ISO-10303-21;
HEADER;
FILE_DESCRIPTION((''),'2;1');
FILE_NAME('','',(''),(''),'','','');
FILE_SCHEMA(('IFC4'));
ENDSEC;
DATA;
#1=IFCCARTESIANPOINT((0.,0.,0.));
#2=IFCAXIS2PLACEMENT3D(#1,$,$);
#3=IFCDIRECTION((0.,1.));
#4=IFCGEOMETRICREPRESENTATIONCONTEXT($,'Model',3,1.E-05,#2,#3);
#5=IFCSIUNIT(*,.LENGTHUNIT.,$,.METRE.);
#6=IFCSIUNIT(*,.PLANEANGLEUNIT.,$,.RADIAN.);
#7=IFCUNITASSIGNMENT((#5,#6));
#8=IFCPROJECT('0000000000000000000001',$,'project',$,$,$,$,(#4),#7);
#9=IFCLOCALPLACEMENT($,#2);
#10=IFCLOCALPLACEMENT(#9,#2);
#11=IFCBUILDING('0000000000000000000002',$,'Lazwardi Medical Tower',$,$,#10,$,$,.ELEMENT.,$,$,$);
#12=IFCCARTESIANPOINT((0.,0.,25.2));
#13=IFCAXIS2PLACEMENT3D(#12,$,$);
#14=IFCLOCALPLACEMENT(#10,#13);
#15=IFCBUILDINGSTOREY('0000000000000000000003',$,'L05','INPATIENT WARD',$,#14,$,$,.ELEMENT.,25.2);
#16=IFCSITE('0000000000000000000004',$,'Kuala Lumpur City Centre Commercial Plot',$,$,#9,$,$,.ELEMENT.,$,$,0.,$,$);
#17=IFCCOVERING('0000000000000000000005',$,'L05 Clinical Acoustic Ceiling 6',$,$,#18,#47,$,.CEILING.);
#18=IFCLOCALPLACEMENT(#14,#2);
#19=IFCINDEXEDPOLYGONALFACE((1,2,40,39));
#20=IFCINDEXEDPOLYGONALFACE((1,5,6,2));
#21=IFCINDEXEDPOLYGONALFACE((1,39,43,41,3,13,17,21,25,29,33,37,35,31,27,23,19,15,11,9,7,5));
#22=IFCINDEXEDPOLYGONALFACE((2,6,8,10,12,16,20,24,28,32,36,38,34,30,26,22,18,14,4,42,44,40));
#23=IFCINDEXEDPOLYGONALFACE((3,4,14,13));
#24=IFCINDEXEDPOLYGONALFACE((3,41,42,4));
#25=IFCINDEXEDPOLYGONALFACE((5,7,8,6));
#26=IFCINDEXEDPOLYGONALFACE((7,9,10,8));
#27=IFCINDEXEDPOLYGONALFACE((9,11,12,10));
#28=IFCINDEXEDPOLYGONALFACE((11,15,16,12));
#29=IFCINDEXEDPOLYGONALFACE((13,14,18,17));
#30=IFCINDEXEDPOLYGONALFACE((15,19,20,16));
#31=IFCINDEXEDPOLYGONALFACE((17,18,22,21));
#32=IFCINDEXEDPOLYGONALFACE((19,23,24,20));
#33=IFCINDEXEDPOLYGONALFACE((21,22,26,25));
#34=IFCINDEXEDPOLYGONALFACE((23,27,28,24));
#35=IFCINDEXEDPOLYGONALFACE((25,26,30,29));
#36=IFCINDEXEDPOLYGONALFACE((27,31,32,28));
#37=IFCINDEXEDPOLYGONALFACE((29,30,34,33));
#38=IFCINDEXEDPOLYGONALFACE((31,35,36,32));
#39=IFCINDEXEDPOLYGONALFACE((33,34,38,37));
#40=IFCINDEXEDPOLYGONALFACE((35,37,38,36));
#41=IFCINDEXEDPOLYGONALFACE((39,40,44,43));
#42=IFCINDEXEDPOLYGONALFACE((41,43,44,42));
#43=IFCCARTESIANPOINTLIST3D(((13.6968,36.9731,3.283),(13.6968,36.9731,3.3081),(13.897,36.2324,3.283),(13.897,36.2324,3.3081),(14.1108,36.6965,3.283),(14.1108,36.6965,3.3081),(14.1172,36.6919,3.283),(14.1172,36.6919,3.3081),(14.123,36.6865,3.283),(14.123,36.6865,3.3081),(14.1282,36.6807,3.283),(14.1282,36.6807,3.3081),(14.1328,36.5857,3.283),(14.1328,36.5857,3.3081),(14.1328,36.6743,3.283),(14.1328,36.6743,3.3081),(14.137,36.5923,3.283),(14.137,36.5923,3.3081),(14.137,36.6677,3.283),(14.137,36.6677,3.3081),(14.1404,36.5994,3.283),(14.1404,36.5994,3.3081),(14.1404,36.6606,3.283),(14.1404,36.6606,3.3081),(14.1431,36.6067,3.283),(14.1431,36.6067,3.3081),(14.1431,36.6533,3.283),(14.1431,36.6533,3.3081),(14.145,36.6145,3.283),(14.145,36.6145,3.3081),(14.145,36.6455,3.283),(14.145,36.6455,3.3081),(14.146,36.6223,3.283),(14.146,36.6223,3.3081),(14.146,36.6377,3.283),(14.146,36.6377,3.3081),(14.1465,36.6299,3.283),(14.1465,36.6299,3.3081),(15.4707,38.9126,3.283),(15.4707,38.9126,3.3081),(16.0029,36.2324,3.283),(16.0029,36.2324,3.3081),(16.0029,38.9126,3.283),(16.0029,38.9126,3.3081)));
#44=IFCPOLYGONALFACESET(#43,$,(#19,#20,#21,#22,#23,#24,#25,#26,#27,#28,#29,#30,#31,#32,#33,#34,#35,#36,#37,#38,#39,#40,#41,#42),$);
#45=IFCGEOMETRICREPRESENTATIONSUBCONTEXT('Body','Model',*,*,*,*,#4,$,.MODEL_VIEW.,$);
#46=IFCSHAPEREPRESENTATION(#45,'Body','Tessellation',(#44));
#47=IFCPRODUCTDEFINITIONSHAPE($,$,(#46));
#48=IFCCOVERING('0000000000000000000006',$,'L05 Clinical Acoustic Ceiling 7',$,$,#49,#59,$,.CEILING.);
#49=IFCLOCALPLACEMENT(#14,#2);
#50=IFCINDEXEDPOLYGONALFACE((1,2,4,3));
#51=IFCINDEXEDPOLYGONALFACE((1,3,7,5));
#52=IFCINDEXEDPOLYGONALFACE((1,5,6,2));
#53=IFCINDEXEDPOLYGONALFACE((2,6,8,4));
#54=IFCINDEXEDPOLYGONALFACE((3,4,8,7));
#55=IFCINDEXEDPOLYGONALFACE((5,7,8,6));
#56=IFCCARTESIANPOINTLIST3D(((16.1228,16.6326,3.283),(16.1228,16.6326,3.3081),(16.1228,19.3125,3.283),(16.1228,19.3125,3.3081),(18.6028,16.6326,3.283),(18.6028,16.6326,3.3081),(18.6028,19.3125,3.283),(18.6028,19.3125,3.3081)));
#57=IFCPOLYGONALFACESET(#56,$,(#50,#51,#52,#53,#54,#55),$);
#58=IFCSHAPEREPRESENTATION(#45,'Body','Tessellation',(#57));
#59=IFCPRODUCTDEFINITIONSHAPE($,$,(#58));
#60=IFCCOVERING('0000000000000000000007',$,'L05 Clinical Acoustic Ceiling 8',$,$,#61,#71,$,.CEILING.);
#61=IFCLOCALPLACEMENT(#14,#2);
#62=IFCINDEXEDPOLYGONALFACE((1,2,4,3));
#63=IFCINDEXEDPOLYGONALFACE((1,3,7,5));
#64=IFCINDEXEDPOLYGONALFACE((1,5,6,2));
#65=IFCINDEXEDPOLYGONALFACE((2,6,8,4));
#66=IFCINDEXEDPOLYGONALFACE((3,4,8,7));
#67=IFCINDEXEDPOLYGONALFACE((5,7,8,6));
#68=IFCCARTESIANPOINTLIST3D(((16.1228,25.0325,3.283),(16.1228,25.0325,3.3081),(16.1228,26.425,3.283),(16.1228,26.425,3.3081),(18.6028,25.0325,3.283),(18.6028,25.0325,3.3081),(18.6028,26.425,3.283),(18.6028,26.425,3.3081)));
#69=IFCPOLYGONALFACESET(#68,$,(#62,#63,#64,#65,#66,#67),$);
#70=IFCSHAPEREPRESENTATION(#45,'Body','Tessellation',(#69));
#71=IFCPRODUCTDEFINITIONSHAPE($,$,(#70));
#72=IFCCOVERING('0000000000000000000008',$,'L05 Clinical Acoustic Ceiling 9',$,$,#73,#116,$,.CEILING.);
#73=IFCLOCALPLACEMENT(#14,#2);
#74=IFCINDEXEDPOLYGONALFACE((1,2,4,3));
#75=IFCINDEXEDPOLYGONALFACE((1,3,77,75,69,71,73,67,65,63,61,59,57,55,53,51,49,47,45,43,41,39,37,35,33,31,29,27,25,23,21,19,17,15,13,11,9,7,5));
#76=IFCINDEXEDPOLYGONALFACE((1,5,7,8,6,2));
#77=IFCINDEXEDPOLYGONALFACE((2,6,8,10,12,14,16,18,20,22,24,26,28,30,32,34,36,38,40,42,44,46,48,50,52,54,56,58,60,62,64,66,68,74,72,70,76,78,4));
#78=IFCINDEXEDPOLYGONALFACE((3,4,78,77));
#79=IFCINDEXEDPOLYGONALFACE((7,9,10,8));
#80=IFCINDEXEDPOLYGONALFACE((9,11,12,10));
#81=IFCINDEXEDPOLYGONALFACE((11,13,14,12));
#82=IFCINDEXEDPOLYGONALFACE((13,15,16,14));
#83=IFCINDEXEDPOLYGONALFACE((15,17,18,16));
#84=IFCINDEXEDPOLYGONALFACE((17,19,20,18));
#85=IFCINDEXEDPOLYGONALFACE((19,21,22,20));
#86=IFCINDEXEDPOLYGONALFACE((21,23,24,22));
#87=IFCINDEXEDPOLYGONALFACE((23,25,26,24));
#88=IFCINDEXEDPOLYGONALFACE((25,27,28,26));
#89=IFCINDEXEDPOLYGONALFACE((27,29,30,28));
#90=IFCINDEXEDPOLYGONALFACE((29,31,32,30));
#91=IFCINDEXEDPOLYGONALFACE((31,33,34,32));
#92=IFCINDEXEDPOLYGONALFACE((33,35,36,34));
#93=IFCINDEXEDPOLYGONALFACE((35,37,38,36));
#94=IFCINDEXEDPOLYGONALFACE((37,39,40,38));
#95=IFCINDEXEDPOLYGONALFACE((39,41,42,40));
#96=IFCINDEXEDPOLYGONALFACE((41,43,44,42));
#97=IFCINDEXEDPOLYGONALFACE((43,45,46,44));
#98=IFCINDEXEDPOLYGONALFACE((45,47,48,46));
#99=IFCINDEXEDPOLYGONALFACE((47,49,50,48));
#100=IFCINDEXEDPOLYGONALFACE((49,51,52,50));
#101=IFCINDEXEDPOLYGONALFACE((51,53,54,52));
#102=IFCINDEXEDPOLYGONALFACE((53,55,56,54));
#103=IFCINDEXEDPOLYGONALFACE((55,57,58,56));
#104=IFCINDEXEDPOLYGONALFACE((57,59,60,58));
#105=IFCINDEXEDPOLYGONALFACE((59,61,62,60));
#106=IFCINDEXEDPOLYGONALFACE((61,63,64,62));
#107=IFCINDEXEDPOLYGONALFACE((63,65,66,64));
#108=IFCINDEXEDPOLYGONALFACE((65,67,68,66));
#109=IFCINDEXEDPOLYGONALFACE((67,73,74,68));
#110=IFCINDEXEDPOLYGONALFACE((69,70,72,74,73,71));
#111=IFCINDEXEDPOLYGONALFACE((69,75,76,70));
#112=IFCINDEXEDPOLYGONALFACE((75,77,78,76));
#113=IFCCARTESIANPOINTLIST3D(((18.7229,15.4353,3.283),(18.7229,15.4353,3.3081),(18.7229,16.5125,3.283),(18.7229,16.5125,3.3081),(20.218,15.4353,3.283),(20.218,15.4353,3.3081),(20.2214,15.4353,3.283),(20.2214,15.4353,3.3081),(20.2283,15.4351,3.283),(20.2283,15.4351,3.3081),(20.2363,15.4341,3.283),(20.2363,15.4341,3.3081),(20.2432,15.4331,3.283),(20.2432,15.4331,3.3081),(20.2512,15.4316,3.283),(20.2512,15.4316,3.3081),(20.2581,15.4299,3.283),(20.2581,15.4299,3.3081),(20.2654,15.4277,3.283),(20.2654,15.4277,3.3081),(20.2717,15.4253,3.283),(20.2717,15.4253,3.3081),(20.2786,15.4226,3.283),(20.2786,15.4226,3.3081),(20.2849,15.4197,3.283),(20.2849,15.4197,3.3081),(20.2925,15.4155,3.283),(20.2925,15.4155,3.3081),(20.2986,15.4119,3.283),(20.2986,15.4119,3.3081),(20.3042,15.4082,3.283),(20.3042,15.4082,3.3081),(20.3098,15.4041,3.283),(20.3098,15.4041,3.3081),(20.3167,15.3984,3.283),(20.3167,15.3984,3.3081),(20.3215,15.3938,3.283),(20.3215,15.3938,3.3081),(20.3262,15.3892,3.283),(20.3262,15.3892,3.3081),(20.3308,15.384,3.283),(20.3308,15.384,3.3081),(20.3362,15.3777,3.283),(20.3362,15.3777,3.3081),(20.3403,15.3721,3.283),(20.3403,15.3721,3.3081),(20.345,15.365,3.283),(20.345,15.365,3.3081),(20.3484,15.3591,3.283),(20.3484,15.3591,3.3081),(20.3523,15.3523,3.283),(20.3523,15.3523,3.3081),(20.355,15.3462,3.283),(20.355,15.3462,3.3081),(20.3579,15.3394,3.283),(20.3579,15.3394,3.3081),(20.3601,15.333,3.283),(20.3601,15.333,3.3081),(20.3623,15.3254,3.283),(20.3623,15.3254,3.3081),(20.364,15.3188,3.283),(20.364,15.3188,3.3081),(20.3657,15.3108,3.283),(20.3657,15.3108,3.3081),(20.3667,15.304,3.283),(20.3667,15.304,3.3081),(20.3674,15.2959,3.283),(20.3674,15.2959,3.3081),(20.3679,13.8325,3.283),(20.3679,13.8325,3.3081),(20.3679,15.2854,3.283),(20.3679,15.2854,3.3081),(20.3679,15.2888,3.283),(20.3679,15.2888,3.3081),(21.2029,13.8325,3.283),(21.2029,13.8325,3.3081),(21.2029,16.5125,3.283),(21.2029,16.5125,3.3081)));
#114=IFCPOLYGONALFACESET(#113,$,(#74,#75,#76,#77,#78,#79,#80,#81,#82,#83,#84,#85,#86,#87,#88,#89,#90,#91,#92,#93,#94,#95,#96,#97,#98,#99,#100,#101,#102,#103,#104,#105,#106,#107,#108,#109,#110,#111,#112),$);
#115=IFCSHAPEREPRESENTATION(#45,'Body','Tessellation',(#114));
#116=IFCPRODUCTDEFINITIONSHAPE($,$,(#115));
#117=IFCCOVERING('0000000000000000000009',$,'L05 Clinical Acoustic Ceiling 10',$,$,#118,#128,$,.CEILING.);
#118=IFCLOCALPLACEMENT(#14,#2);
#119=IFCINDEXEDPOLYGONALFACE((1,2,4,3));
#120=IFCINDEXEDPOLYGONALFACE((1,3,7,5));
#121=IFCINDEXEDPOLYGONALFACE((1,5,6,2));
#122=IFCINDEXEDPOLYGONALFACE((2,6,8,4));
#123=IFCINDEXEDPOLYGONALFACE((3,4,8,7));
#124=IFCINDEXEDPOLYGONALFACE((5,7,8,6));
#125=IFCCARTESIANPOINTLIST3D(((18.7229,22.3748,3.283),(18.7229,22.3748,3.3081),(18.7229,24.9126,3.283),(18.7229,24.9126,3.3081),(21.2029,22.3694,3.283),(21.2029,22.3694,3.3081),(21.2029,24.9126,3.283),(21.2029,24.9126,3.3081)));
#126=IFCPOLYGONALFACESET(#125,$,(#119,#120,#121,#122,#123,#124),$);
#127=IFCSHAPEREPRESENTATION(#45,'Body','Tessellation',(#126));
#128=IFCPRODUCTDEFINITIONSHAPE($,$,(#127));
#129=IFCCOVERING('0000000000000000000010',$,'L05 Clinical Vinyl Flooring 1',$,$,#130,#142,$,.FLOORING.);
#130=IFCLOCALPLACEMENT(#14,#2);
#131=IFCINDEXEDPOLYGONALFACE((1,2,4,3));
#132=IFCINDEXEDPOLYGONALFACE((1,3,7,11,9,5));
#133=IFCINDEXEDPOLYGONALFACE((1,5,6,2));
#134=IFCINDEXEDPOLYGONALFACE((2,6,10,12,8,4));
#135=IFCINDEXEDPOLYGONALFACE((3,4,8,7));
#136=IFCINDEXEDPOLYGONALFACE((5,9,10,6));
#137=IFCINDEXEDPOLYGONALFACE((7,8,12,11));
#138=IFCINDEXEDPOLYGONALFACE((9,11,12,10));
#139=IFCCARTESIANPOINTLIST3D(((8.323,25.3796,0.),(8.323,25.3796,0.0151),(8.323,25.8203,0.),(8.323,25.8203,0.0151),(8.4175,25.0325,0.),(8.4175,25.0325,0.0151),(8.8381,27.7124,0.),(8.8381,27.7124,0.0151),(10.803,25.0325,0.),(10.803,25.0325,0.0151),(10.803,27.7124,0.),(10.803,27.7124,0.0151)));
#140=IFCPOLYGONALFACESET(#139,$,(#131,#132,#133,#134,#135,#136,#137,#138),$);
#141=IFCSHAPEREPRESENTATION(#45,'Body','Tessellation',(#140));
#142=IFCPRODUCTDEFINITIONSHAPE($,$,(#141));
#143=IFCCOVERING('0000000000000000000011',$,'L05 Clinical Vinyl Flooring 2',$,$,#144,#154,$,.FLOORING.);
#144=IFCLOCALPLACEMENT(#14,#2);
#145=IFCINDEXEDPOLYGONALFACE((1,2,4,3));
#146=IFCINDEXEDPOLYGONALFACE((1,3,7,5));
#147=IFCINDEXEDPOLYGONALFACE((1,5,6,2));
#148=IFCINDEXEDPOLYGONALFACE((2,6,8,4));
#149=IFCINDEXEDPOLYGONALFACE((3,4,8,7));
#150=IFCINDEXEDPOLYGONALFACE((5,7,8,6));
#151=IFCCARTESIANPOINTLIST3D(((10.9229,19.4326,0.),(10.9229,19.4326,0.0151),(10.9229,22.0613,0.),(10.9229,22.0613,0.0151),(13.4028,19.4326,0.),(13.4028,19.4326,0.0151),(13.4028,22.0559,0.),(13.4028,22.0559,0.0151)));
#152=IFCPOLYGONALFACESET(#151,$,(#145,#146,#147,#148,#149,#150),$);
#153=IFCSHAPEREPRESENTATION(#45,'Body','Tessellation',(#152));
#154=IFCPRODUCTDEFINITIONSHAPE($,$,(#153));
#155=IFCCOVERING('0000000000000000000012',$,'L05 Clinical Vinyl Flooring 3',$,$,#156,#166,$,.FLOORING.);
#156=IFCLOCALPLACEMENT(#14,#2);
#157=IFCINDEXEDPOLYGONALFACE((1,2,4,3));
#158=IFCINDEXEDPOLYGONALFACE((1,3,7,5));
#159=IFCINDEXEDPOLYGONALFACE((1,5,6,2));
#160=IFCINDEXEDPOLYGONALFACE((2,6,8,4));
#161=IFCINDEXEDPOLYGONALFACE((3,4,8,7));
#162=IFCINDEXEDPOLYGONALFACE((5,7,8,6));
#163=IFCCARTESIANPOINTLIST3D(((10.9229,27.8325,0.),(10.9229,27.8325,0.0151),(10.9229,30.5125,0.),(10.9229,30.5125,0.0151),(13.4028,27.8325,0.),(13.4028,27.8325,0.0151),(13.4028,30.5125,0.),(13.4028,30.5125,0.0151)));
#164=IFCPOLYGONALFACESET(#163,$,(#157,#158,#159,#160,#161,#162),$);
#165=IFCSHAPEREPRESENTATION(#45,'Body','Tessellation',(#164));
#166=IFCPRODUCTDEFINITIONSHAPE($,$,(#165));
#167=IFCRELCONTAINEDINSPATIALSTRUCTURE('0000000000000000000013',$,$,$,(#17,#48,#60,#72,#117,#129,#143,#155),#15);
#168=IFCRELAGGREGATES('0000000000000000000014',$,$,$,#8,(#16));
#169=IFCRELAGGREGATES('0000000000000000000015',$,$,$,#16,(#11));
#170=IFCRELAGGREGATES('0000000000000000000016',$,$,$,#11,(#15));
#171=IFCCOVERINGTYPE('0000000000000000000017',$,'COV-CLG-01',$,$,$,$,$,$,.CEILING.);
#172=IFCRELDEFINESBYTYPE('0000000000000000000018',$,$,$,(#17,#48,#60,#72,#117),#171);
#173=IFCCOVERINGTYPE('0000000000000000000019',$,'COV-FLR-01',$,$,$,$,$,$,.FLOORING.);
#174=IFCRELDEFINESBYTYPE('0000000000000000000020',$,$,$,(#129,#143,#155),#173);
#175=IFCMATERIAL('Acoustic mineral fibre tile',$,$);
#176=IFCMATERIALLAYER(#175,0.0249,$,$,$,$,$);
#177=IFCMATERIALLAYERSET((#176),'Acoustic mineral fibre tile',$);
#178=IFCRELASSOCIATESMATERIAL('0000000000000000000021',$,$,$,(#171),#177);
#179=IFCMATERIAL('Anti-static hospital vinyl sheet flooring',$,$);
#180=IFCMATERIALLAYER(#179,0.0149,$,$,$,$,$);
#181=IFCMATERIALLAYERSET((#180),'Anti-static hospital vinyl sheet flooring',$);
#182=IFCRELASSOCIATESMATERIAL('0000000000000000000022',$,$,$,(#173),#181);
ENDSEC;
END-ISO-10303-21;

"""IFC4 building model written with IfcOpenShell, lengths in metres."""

from ifc_helpers import new_model, si_unit, direction, frame, origin, place, context, subcontext, project, spatial, polyline, outline, extrude, material, layer, layer_set, type_object, element, save


model = new_model("IFC4")

# Units and contexts
model_context = context("Model", 3, precision=1e-05, world=origin(), true_north=direction((0.0, 1.0)))
body_context = subcontext(model_context, "Body", "Model", "MODEL_VIEW")
ifc_project = project(units=[si_unit("LENGTHUNIT", "METRE"), si_unit("PLANEANGLEUNIT", "RADIAN")], contexts=[model_context])

# Site, building, storey
site_placement = place(None, origin())
site = spatial("IfcSite", under=ifc_project, at=site_placement, Name="Kuala Lumpur City Centre Commercial Plot", CompositionType="ELEMENT", RefElevation=0.0)
building_placement = place(site_placement, origin())
building = spatial("IfcBuilding", under=site, at=building_placement, Name="Lazwardi Medical Tower", CompositionType="ELEMENT")
storey_placement = place(building_placement, frame((0.0, 0.0, 25.2)))
storey = spatial("IfcBuildingStorey", under=building, at=storey_placement, Name="L05", Description="INPATIENT WARD", CompositionType="ELEMENT", Elevation=25.2)

# Coverings
ifc_material_1 = material(Name="Acoustic mineral fibre tile")
ifc_layer_1 = layer(ifc_material_1, 0.0249)
ifc_layer_set_1 = layer_set([ifc_layer_1], Name="Acoustic mineral fibre tile")
covering_type_1 = type_object("IfcCoveringType", Name="COV-CLG-01", PredefinedType="CEILING", material=ifc_layer_set_1)
covering_1_placement = place(storey_placement, frame((0.0, 0.0, 3.283)))
element("IfcCovering", 1, at=covering_1_placement, inside=storey, type_object=covering_type_1, Name="L05 Clinical Acoustic Ceiling 6", PredefinedType="CEILING", context=body_context, shape_type="SweptSolid", body=[
    extrude(outline(polyline([(15.4707, 38.9126), (13.6968, 36.9731), (14.1108, 36.6965), (14.1172, 36.6919), (14.123, 36.6865), (14.1282, 36.6807), (14.1328, 36.6743), (14.137, 36.6677), (14.1404, 36.6606), (14.1431, 36.6533), (14.145, 36.6455), (14.146, 36.6377), (14.1465, 36.6299), (14.146, 36.6223), (14.145, 36.6145), (14.1431, 36.6067), (14.1404, 36.5994), (14.137, 36.5923), (14.1328, 36.5857), (13.897, 36.2324), (16.0029, 36.2324), (16.0029, 38.9126), (15.4707, 38.9126)])), origin(), (0.0, 0.0, 1.0), 0.0251),
])
covering_2_placement = place(storey_placement, frame((0.0, 0.0, 3.283)))
element("IfcCovering", 2, at=covering_2_placement, inside=storey, type_object=covering_type_1, Name="L05 Clinical Acoustic Ceiling 7", PredefinedType="CEILING", context=body_context, shape_type="SweptSolid", body=[
    extrude(outline(polyline([(18.6028, 16.6326), (18.6028, 19.3125), (16.1228, 19.3125), (16.1228, 16.6326), (18.6028, 16.6326)])), origin(), (0.0, 0.0, 1.0), 0.0251),
])
covering_3_placement = place(storey_placement, frame((0.0, 0.0, 3.283)))
element("IfcCovering", 3, at=covering_3_placement, inside=storey, type_object=covering_type_1, Name="L05 Clinical Acoustic Ceiling 8", PredefinedType="CEILING", context=body_context, shape_type="SweptSolid", body=[
    extrude(outline(polyline([(18.6028, 26.425), (16.1228, 26.425), (16.1228, 25.0325), (18.6028, 25.0325), (18.6028, 26.425)])), origin(), (0.0, 0.0, 1.0), 0.0251),
])
covering_4_placement = place(storey_placement, frame((0.0, 0.0, 3.283)))
element("IfcCovering", 4, at=covering_4_placement, inside=storey, type_object=covering_type_1, Name="L05 Clinical Acoustic Ceiling 9", PredefinedType="CEILING", context=body_context, shape_type="SweptSolid", body=[
    extrude(outline(polyline([(18.7229, 15.4353), (20.218, 15.4353), (20.2214, 15.4353), (20.2283, 15.4351), (20.2363, 15.4341), (20.2432, 15.4331), (20.2512, 15.4316), (20.2581, 15.4299), (20.2654, 15.4277), (20.2717, 15.4253), (20.2786, 15.4226), (20.2849, 15.4197), (20.2925, 15.4155), (20.2986, 15.4119), (20.3042, 15.4082), (20.3098, 15.4041), (20.3167, 15.3984), (20.3215, 15.3938), (20.3262, 15.3892), (20.3308, 15.384), (20.3362, 15.3777), (20.3403, 15.3721), (20.345, 15.365), (20.3484, 15.3591), (20.3523, 15.3523), (20.355, 15.3462), (20.3579, 15.3394), (20.3601, 15.333), (20.3623, 15.3254), (20.364, 15.3188), (20.3657, 15.3108), (20.3667, 15.304), (20.3674, 15.2959), (20.3679, 15.2888), (20.3679, 15.2854), (20.3679, 13.8325), (21.2029, 13.8325), (21.2029, 16.5125), (18.7229, 16.5125), (18.7229, 15.4353)])), origin(), (0.0, 0.0, 1.0), 0.0251),
])
covering_5_placement = place(storey_placement, frame((0.0, 0.0, 3.283)))
element("IfcCovering", 5, at=covering_5_placement, inside=storey, type_object=covering_type_1, Name="L05 Clinical Acoustic Ceiling 10", PredefinedType="CEILING", context=body_context, shape_type="SweptSolid", body=[
    extrude(outline(polyline([(18.7229, 22.3748), (21.2029, 22.3694), (21.2029, 24.9126), (18.7229, 24.9126), (18.7229, 22.3748)])), origin(), (0.0, 0.0, 1.0), 0.0251),
])
ifc_material_2 = material(Name="Anti-static hospital vinyl sheet flooring")
ifc_layer_2 = layer(ifc_material_2, 0.0149)
ifc_layer_set_2 = layer_set([ifc_layer_2], Name="Anti-static hospital vinyl sheet flooring")
covering_type_2 = type_object("IfcCoveringType", Name="COV-FLR-01", PredefinedType="FLOORING", material=ifc_layer_set_2)
covering_6_placement = place(storey_placement, origin())
element("IfcCovering", 6, at=covering_6_placement, inside=storey, type_object=covering_type_2, Name="L05 Clinical Vinyl Flooring 1", PredefinedType="FLOORING", context=body_context, shape_type="SweptSolid", body=[
    extrude(outline(polyline([(8.8381, 27.7124), (8.323, 25.8203), (8.323, 25.3796), (8.4175, 25.0325), (10.803, 25.0325), (10.803, 27.7124), (8.8381, 27.7124)])), origin(), (0.0, 0.0, 1.0), 0.0151),
])
covering_7_placement = place(storey_placement, origin())
element("IfcCovering", 7, at=covering_7_placement, inside=storey, type_object=covering_type_2, Name="L05 Clinical Vinyl Flooring 2", PredefinedType="FLOORING", context=body_context, shape_type="SweptSolid", body=[
    extrude(outline(polyline([(13.4028, 22.0559), (10.9229, 22.0613), (10.9229, 19.4326), (13.4028, 19.4326), (13.4028, 22.0559)])), origin(), (0.0, 0.0, 1.0), 0.0151),
])
covering_8_placement = place(storey_placement, origin())
element("IfcCovering", 8, at=covering_8_placement, inside=storey, type_object=covering_type_2, Name="L05 Clinical Vinyl Flooring 3", PredefinedType="FLOORING", context=body_context, shape_type="SweptSolid", body=[
    extrude(outline(polyline([(13.4028, 27.8325), (13.4028, 30.5125), (10.9229, 30.5125), (10.9229, 27.8325), (13.4028, 27.8325)])), origin(), (0.0, 0.0, 1.0), 0.0151),
])

save(model, "model.ifc")
